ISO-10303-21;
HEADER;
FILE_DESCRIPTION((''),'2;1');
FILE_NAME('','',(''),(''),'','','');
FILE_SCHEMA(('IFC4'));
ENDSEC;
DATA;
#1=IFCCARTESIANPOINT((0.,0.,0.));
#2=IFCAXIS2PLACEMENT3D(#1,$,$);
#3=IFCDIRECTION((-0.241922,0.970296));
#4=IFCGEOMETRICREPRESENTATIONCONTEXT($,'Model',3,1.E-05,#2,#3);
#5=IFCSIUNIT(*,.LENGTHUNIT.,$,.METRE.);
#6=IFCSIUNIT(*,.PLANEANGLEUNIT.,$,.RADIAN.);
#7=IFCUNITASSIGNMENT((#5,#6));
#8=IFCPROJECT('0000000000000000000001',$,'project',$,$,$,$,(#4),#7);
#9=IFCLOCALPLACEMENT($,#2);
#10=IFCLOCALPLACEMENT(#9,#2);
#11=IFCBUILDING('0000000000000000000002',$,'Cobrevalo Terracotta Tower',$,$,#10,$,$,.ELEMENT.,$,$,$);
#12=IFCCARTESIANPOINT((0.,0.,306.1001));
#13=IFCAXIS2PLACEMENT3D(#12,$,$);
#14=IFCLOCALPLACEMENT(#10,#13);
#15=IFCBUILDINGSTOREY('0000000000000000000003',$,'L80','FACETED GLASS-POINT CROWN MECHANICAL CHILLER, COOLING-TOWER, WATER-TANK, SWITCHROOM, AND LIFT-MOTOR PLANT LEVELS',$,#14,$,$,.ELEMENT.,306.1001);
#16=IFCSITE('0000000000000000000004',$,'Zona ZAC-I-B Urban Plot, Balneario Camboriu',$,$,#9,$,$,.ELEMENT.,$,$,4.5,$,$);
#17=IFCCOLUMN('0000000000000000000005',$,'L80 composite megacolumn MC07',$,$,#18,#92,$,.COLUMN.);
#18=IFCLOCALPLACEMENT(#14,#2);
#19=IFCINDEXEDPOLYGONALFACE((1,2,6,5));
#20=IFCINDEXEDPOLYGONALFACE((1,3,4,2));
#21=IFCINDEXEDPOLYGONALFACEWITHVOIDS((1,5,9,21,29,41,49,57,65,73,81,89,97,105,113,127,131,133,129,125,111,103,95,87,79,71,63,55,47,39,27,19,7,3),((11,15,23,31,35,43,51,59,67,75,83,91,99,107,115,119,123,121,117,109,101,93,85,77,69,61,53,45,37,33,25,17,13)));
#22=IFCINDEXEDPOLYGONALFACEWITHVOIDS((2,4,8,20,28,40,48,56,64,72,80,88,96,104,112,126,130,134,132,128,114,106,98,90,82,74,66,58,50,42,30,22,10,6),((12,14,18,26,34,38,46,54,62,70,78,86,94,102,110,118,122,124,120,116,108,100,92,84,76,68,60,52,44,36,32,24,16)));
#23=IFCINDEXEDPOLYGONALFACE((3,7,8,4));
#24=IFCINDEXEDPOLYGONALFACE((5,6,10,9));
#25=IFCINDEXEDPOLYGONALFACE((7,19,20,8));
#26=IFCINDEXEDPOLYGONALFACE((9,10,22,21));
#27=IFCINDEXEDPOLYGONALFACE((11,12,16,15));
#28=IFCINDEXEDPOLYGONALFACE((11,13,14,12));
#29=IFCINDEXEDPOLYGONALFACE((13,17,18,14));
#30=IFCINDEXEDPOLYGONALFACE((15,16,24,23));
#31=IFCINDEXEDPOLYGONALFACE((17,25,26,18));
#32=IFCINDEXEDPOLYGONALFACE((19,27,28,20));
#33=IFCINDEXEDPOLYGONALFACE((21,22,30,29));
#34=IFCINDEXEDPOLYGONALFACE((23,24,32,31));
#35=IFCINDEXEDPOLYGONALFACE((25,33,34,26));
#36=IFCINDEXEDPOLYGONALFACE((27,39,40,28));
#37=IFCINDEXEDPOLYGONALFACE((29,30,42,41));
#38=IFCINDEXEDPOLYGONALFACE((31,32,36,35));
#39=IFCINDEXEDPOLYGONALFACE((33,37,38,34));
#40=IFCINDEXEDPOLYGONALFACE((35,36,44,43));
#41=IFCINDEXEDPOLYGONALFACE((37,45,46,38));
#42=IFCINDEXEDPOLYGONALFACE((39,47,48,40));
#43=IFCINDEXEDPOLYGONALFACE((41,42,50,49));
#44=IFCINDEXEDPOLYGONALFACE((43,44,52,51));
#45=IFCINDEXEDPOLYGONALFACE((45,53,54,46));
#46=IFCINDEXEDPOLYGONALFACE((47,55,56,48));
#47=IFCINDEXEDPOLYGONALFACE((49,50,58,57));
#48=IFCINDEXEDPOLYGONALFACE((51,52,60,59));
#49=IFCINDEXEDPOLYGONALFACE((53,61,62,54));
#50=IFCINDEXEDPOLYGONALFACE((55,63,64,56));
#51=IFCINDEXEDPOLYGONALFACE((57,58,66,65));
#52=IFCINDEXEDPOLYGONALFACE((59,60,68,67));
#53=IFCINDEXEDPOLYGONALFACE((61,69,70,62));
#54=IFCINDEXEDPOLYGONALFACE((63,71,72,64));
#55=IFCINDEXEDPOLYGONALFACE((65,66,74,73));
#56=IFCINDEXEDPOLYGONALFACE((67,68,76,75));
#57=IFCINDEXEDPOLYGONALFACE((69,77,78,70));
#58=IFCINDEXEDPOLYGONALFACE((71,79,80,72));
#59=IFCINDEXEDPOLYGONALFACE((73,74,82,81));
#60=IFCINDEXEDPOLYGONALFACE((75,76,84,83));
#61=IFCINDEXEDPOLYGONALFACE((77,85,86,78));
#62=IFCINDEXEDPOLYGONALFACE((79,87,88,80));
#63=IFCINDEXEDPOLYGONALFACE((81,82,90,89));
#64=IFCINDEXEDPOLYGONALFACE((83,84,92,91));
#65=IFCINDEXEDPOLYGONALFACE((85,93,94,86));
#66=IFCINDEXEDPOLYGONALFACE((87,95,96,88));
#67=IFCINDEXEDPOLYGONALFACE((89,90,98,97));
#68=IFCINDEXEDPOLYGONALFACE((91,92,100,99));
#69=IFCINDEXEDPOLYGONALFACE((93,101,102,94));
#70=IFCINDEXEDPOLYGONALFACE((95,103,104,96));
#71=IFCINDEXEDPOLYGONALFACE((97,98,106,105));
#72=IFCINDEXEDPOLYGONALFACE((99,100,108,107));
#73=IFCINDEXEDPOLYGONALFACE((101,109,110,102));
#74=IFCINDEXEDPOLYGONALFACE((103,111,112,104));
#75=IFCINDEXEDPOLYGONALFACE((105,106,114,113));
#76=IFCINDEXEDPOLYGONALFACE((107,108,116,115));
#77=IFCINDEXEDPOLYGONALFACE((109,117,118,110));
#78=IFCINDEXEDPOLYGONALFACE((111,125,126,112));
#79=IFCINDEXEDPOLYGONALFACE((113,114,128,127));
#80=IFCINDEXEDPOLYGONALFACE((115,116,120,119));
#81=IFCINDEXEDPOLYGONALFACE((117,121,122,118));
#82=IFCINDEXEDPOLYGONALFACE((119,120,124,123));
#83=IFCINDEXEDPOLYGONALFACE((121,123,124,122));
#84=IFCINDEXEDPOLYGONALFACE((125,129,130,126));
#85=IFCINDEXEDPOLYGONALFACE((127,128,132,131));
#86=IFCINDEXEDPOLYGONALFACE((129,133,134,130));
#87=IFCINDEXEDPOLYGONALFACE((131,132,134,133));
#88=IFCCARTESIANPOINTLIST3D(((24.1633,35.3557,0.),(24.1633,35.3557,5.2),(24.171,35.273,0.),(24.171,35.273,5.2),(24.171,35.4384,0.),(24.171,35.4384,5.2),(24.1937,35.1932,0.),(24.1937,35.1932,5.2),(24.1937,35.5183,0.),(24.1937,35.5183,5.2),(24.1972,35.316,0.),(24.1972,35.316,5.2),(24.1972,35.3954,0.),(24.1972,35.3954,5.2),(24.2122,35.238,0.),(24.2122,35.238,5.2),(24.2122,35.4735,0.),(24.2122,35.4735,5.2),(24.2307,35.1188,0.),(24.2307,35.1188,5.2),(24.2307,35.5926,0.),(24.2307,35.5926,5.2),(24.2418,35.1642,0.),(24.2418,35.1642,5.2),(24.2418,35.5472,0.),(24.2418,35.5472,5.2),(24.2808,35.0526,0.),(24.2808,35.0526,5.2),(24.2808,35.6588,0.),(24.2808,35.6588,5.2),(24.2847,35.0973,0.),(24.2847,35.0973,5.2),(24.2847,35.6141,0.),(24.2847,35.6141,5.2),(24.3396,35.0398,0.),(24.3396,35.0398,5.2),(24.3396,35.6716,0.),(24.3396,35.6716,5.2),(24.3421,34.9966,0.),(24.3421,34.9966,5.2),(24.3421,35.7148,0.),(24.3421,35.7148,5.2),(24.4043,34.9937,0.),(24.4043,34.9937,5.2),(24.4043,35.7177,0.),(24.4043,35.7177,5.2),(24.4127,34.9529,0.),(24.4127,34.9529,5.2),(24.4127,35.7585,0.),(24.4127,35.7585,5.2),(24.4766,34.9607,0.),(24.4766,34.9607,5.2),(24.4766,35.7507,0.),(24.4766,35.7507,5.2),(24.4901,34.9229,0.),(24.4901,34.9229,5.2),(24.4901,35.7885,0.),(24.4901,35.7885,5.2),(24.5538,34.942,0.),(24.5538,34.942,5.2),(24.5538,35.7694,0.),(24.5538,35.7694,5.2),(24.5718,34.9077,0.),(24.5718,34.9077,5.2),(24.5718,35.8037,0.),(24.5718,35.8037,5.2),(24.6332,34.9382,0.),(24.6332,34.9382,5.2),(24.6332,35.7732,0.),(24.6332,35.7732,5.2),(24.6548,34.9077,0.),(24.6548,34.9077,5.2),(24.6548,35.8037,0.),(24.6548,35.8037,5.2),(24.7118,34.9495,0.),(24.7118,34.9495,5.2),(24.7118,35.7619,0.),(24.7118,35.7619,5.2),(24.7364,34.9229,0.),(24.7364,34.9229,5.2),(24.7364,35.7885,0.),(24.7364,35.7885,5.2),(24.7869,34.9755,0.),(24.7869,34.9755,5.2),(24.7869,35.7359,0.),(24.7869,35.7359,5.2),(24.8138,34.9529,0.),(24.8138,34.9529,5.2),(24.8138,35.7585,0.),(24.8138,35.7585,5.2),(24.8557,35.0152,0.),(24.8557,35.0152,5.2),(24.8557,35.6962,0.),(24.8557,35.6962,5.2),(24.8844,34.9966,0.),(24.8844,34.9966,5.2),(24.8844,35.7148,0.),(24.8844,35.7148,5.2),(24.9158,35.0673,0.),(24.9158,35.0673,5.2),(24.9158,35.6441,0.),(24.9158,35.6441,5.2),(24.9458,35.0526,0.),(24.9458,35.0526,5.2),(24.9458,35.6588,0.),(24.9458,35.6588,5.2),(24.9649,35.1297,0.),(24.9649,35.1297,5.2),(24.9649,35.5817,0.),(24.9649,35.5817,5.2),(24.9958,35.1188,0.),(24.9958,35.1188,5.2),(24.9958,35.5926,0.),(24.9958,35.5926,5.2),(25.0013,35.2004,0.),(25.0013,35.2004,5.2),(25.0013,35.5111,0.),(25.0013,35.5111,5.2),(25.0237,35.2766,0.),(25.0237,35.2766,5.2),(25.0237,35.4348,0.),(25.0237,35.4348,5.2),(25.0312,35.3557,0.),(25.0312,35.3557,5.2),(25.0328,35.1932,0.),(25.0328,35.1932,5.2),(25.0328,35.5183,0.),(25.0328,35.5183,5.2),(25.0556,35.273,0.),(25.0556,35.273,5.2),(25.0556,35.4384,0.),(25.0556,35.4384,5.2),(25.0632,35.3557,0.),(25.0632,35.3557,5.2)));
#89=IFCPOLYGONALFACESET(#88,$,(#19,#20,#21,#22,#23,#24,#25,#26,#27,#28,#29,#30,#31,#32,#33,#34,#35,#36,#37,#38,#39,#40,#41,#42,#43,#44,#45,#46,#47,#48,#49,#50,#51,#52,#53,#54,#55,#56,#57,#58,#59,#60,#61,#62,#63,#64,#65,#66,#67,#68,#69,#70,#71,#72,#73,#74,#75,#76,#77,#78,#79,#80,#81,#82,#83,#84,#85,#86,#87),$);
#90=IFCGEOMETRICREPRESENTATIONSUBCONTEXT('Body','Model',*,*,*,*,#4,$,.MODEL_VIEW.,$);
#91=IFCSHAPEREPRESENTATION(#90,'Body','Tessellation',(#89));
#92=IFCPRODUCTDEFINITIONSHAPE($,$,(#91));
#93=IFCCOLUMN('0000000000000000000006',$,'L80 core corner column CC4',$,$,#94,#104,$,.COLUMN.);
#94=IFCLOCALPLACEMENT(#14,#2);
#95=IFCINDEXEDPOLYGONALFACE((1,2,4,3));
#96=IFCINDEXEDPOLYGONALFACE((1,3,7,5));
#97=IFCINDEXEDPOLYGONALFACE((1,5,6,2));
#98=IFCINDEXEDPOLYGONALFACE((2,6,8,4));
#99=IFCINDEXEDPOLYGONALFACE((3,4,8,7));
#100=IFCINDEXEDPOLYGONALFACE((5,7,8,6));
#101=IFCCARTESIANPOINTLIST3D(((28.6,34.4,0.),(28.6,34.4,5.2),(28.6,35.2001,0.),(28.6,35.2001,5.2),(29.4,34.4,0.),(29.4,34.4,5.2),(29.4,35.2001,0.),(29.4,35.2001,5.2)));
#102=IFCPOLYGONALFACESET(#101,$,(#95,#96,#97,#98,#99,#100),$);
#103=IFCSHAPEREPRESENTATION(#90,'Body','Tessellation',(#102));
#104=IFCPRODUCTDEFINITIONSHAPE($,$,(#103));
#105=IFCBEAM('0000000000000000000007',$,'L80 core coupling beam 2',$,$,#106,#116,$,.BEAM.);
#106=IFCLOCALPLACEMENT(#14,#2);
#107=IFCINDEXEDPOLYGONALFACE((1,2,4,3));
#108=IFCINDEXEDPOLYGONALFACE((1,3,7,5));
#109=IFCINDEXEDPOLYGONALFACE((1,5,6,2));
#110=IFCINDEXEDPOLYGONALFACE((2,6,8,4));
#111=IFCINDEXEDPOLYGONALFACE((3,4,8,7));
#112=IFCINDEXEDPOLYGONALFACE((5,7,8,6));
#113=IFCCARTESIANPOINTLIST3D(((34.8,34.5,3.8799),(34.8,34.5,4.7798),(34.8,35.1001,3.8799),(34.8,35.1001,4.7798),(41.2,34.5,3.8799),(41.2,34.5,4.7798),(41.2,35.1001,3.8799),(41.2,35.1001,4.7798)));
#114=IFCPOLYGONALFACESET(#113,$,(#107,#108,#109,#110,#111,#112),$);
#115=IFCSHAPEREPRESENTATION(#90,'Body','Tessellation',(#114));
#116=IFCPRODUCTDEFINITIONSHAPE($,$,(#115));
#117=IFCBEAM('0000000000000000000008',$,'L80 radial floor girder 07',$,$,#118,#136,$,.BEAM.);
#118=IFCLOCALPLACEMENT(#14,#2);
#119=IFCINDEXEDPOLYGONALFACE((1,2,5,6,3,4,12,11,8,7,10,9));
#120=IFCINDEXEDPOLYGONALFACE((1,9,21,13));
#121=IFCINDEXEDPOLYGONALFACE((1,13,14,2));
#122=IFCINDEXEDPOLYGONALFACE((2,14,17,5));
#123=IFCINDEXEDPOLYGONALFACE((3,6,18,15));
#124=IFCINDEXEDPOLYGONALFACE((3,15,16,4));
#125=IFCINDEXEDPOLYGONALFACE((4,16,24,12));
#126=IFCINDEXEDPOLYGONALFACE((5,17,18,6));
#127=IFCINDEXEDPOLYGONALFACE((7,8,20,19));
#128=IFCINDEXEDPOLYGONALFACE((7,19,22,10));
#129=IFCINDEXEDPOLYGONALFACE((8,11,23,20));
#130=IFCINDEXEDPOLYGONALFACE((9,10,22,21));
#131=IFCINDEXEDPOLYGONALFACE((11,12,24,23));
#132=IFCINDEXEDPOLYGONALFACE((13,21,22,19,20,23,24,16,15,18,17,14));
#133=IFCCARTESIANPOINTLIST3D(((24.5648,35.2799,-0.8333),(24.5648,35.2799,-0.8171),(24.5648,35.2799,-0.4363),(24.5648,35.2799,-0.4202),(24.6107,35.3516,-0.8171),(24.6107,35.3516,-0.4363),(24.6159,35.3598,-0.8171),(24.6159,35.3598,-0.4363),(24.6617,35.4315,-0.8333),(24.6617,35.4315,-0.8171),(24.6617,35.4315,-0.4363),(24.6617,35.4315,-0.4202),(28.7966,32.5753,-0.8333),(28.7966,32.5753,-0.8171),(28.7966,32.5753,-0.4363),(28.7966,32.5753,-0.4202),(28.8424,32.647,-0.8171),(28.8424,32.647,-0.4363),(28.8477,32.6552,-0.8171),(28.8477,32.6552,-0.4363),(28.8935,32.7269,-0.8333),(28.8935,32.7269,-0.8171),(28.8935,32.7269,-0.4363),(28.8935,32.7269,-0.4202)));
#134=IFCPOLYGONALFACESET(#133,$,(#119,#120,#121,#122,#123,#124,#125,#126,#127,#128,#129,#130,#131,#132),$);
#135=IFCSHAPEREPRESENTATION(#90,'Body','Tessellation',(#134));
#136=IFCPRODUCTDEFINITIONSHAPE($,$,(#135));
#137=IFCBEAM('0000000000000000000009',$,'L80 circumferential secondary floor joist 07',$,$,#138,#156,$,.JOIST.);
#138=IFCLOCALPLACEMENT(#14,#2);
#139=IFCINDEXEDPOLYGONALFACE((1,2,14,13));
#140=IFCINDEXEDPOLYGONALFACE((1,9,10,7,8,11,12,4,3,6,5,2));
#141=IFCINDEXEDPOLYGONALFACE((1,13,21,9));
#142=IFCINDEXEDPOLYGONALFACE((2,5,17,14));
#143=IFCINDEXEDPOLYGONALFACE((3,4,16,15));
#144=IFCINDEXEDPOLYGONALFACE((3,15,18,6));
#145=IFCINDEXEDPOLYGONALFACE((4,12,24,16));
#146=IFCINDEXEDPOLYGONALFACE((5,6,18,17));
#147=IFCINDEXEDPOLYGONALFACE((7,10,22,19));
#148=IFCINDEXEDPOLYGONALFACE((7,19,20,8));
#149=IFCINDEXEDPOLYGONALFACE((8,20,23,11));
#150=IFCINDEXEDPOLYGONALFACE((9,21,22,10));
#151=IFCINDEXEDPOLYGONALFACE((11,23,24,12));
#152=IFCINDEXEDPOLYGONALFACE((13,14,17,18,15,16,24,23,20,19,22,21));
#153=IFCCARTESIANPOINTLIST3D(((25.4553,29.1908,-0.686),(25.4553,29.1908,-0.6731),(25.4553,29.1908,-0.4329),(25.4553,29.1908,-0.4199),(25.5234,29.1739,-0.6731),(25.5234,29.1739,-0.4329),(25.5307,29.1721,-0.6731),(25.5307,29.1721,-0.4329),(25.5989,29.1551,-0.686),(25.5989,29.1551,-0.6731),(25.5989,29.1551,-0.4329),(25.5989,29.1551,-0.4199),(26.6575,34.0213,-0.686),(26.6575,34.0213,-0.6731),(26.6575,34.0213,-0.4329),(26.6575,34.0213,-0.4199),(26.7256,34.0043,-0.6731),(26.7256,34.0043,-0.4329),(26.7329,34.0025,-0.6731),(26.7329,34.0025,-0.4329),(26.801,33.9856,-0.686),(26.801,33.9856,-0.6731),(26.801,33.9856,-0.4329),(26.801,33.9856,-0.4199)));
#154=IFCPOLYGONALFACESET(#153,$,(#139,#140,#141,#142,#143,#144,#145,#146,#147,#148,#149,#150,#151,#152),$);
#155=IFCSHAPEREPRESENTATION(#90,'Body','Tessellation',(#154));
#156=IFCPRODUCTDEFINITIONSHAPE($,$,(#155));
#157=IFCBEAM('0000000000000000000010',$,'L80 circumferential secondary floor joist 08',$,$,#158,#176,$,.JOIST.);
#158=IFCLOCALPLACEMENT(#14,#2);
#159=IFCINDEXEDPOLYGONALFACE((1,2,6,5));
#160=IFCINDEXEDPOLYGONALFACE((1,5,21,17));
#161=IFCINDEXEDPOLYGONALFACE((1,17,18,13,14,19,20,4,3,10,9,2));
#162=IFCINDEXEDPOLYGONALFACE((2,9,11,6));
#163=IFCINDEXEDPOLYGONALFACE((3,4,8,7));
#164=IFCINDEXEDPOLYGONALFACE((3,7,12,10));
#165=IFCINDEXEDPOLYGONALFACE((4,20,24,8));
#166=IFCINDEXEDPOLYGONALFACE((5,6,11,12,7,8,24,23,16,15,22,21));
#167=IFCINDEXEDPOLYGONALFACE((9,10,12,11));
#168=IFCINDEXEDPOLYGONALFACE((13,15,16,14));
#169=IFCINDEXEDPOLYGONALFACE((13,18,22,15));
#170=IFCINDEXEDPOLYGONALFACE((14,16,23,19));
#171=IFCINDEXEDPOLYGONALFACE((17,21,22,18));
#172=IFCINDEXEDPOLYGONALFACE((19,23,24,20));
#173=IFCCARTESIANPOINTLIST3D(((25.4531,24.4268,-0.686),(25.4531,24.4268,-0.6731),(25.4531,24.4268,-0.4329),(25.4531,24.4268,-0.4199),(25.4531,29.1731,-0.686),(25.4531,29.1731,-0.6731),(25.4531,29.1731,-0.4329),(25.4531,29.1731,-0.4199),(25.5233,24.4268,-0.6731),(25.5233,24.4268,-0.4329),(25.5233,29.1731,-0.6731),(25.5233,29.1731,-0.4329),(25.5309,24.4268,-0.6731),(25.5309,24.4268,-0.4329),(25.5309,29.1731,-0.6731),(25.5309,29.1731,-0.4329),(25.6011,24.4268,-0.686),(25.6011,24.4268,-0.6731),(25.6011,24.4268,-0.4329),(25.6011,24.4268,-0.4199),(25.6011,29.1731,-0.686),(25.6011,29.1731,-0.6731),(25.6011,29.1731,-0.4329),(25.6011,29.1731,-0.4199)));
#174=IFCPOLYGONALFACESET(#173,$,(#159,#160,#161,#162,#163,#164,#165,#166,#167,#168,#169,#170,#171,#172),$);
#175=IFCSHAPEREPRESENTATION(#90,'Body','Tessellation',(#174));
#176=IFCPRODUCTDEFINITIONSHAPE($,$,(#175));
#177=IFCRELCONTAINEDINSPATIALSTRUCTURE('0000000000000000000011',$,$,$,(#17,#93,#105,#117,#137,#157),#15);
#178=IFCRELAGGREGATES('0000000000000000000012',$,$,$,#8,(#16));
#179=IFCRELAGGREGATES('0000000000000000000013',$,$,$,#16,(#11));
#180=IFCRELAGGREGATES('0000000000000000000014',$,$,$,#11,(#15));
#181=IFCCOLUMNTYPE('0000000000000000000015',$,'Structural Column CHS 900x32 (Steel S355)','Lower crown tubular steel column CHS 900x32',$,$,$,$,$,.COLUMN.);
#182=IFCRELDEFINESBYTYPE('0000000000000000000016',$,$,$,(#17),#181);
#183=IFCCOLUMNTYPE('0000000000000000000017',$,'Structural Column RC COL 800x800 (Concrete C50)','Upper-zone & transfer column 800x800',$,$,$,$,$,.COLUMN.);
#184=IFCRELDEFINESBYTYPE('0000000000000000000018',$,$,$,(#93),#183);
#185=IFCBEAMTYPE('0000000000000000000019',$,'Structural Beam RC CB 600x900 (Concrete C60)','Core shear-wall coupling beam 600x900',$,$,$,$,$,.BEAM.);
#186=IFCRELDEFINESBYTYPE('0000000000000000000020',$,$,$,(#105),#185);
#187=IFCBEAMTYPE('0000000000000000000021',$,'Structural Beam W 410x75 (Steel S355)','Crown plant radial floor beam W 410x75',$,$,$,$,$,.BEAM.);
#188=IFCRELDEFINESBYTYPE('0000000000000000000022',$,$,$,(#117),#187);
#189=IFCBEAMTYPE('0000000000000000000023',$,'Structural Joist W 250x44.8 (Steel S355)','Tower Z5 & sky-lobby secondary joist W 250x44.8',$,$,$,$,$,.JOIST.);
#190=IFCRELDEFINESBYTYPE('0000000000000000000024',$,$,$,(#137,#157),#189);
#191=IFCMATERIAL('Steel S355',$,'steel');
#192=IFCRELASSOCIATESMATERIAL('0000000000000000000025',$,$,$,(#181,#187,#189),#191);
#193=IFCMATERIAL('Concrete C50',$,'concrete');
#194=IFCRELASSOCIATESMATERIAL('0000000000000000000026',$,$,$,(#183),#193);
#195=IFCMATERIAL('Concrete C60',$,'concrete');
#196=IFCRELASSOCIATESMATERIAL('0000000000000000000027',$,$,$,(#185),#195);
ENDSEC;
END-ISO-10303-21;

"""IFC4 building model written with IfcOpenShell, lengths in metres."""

from ifc_helpers import new_model, si_unit, direction, frame, origin, origin_2d, place, context, subcontext, project, spatial, rectangle, hollow_circle, i_section, extrude, material, material_profile, profile_set, type_object, element, save


model = new_model("IFC4")

# Units and contexts
model_context = context("Model", 3, precision=1e-05, world=origin(), true_north=direction((-0.241922, 0.970296)))
body_context = subcontext(model_context, "Body", "Model", "MODEL_VIEW")
ifc_project = project(units=[si_unit("LENGTHUNIT", "METRE"), si_unit("PLANEANGLEUNIT", "RADIAN")], contexts=[model_context])

# Site, building, storey
site_placement = place(None, origin())
site = spatial("IfcSite", under=ifc_project, at=site_placement, Name="Zona ZAC-I-B Urban Plot, Balneario Camboriu", CompositionType="ELEMENT", RefElevation=4.5)
building_placement = place(site_placement, origin())
building = spatial("IfcBuilding", under=site, at=building_placement, Name="Cobrevalo Terracotta Tower", CompositionType="ELEMENT")
storey_placement = place(building_placement, frame((0.0, 0.0, 306.1001)))
storey = spatial("IfcBuildingStorey", under=building, at=storey_placement, Name="L80", Description="FACETED GLASS-POINT CROWN MECHANICAL CHILLER, COOLING-TOWER, WATER-TANK, SWITCHROOM, AND LIFT-MOTOR PLANT LEVELS", CompositionType="ELEMENT", Elevation=306.1001)

# Columns
ifc_material_1 = material(Name="Steel S355", Category="steel")
ifc_material_profile_1 = material_profile(ifc_material_1, hollow_circle(Radius=0.45, WallThickness=0.032, at=origin_2d()), Name="CHS 900x32")
ifc_profile_set_1 = profile_set([ifc_material_profile_1], Name="Steel S355")
column_type_1 = type_object("IfcColumnType", Name="Structural Column CHS 900x32 (Steel S355)", Description="Lower crown tubular steel column CHS 900x32", PredefinedType="COLUMN", material=ifc_profile_set_1)
column_1_placement = place(storey_placement, frame((24.6133, 35.3557, 0.0), z_axis=(0.0, 0.0, 1.0), x_axis=(1.0, 0.0, 0.0)))
element("IfcColumn", 1, at=column_1_placement, inside=storey, type_object=column_type_1, Name="L80 composite megacolumn MC07", PredefinedType="COLUMN", context=body_context, shape_type="SweptSolid", body=[
    extrude(hollow_circle(Radius=0.45, WallThickness=0.032, at=origin_2d()), origin(), (0.0, 0.0, 1.0), 5.2),
])
ifc_material_2 = material(Name="Concrete C50", Category="concrete")
ifc_material_profile_2 = material_profile(ifc_material_2, rectangle(XDim=0.8, YDim=0.8, at=origin_2d()), Name="RC COL 800x800")
ifc_profile_set_2 = profile_set([ifc_material_profile_2], Name="Concrete C50")
column_type_2 = type_object("IfcColumnType", Name="Structural Column RC COL 800x800 (Concrete C50)", Description="Upper-zone & transfer column 800x800", PredefinedType="COLUMN", material=ifc_profile_set_2)
column_2_placement = place(storey_placement, frame((29.0, 34.8, 0.0), z_axis=(0.0, 0.0, 1.0), x_axis=(1.0, 0.0, 0.0)))
element("IfcColumn", 2, at=column_2_placement, inside=storey, type_object=column_type_2, Name="L80 core corner column CC4", PredefinedType="COLUMN", context=body_context, shape_type="SweptSolid", body=[
    extrude(rectangle(XDim=0.8, YDim=0.8, at=origin_2d()), origin(), (0.0, 0.0, 1.0), 5.2),
])

# Beams
ifc_material_3 = material(Name="Concrete C60", Category="concrete")
ifc_material_profile_3 = material_profile(ifc_material_3, rectangle(XDim=0.6001, YDim=0.8999, at=origin_2d()), Name="RC CB 600x900")
ifc_profile_set_3 = profile_set([ifc_material_profile_3], Name="Concrete C60")
beam_type_1 = type_object("IfcBeamType", Name="Structural Beam RC CB 600x900 (Concrete C60)", Description="Core shear-wall coupling beam 600x900", PredefinedType="BEAM", material=ifc_profile_set_3)
beam_1_placement = place(storey_placement, frame((34.8, 34.8, 4.3298), z_axis=(1.0, 0.0, 0.0), x_axis=(0.0, 1.0, 0.0)))
element("IfcBeam", 3, at=beam_1_placement, inside=storey, type_object=beam_type_1, Name="L80 core coupling beam 2", PredefinedType="BEAM", context=body_context, shape_type="SweptSolid", body=[
    extrude(rectangle(XDim=0.6001, YDim=0.8999, at=origin_2d()), origin(), (0.0, 0.0, 1.0), 6.3999),
])
ifc_material_profile_4 = material_profile(ifc_material_1, i_section(OverallWidth=0.1799, OverallDepth=0.4131, WebThickness=0.0098, FlangeThickness=0.0161, at=origin_2d()), Name="W 410x75")
ifc_profile_set_4 = profile_set([ifc_material_profile_4], Name="Steel S355")
beam_type_2 = type_object("IfcBeamType", Name="Structural Beam W 410x75 (Steel S355)", Description="Crown plant radial floor beam W 410x75", PredefinedType="BEAM", material=ifc_profile_set_4)
beam_2_placement = place(storey_placement, frame((24.6133, 35.3557, -0.6267), z_axis=(0.842605, -0.538532, 0.0), x_axis=(0.538532, 0.842605, 0.0)))
element("IfcBeam", 4, at=beam_2_placement, inside=storey, type_object=beam_type_2, Name="L80 radial floor girder 07", PredefinedType="BEAM", context=body_context, shape_type="SweptSolid", body=[
    extrude(i_section(OverallWidth=0.1799, OverallDepth=0.4131, WebThickness=0.0098, FlangeThickness=0.0161, at=origin_2d()), origin(), (0.0, 0.0, 1.0), 5.0222),
])
ifc_material_profile_5 = material_profile(ifc_material_1, i_section(OverallWidth=0.1479, OverallDepth=0.2661, WebThickness=0.0076, FlangeThickness=0.0129, at=origin_2d()), Name="W 250x44.8")
ifc_profile_set_5 = profile_set([ifc_material_profile_5], Name="Steel S355")
beam_type_3 = type_object("IfcBeamType", Name="Structural Joist W 250x44.8 (Steel S355)", Description="Tower Z5 & sky-lobby secondary joist W 250x44.8", PredefinedType="JOIST", material=ifc_profile_set_5)
beam_3_placement = place(storey_placement, frame((26.7292, 34.0034, -0.553), z_axis=(-0.241508, -0.970399, 0.0), x_axis=(0.970399, -0.241508, 0.0)))
element("IfcBeam", 5, at=beam_3_placement, inside=storey, type_object=beam_type_3, Name="L80 circumferential secondary floor joist 07", PredefinedType="JOIST", context=body_context, shape_type="SweptSolid", body=[
    extrude(i_section(OverallWidth=0.1479, OverallDepth=0.2661, WebThickness=0.0076, FlangeThickness=0.0129, at=origin_2d()), origin(), (0.0, 0.0, 1.0), 4.9778),
])
beam_4_placement = place(storey_placement, frame((25.5271, 29.1731, -0.553), z_axis=(0.0, -1.0, 0.0), x_axis=(1.0, 0.0, 0.0)))
element("IfcBeam", 6, at=beam_4_placement, inside=storey, type_object=beam_type_3, Name="L80 circumferential secondary floor joist 08", PredefinedType="JOIST", context=body_context, shape_type="SweptSolid", body=[
    extrude(i_section(OverallWidth=0.1479, OverallDepth=0.2661, WebThickness=0.0076, FlangeThickness=0.0129, at=origin_2d()), origin(), (0.0, 0.0, 1.0), 4.7463),
])

save(model, "model.ifc")
